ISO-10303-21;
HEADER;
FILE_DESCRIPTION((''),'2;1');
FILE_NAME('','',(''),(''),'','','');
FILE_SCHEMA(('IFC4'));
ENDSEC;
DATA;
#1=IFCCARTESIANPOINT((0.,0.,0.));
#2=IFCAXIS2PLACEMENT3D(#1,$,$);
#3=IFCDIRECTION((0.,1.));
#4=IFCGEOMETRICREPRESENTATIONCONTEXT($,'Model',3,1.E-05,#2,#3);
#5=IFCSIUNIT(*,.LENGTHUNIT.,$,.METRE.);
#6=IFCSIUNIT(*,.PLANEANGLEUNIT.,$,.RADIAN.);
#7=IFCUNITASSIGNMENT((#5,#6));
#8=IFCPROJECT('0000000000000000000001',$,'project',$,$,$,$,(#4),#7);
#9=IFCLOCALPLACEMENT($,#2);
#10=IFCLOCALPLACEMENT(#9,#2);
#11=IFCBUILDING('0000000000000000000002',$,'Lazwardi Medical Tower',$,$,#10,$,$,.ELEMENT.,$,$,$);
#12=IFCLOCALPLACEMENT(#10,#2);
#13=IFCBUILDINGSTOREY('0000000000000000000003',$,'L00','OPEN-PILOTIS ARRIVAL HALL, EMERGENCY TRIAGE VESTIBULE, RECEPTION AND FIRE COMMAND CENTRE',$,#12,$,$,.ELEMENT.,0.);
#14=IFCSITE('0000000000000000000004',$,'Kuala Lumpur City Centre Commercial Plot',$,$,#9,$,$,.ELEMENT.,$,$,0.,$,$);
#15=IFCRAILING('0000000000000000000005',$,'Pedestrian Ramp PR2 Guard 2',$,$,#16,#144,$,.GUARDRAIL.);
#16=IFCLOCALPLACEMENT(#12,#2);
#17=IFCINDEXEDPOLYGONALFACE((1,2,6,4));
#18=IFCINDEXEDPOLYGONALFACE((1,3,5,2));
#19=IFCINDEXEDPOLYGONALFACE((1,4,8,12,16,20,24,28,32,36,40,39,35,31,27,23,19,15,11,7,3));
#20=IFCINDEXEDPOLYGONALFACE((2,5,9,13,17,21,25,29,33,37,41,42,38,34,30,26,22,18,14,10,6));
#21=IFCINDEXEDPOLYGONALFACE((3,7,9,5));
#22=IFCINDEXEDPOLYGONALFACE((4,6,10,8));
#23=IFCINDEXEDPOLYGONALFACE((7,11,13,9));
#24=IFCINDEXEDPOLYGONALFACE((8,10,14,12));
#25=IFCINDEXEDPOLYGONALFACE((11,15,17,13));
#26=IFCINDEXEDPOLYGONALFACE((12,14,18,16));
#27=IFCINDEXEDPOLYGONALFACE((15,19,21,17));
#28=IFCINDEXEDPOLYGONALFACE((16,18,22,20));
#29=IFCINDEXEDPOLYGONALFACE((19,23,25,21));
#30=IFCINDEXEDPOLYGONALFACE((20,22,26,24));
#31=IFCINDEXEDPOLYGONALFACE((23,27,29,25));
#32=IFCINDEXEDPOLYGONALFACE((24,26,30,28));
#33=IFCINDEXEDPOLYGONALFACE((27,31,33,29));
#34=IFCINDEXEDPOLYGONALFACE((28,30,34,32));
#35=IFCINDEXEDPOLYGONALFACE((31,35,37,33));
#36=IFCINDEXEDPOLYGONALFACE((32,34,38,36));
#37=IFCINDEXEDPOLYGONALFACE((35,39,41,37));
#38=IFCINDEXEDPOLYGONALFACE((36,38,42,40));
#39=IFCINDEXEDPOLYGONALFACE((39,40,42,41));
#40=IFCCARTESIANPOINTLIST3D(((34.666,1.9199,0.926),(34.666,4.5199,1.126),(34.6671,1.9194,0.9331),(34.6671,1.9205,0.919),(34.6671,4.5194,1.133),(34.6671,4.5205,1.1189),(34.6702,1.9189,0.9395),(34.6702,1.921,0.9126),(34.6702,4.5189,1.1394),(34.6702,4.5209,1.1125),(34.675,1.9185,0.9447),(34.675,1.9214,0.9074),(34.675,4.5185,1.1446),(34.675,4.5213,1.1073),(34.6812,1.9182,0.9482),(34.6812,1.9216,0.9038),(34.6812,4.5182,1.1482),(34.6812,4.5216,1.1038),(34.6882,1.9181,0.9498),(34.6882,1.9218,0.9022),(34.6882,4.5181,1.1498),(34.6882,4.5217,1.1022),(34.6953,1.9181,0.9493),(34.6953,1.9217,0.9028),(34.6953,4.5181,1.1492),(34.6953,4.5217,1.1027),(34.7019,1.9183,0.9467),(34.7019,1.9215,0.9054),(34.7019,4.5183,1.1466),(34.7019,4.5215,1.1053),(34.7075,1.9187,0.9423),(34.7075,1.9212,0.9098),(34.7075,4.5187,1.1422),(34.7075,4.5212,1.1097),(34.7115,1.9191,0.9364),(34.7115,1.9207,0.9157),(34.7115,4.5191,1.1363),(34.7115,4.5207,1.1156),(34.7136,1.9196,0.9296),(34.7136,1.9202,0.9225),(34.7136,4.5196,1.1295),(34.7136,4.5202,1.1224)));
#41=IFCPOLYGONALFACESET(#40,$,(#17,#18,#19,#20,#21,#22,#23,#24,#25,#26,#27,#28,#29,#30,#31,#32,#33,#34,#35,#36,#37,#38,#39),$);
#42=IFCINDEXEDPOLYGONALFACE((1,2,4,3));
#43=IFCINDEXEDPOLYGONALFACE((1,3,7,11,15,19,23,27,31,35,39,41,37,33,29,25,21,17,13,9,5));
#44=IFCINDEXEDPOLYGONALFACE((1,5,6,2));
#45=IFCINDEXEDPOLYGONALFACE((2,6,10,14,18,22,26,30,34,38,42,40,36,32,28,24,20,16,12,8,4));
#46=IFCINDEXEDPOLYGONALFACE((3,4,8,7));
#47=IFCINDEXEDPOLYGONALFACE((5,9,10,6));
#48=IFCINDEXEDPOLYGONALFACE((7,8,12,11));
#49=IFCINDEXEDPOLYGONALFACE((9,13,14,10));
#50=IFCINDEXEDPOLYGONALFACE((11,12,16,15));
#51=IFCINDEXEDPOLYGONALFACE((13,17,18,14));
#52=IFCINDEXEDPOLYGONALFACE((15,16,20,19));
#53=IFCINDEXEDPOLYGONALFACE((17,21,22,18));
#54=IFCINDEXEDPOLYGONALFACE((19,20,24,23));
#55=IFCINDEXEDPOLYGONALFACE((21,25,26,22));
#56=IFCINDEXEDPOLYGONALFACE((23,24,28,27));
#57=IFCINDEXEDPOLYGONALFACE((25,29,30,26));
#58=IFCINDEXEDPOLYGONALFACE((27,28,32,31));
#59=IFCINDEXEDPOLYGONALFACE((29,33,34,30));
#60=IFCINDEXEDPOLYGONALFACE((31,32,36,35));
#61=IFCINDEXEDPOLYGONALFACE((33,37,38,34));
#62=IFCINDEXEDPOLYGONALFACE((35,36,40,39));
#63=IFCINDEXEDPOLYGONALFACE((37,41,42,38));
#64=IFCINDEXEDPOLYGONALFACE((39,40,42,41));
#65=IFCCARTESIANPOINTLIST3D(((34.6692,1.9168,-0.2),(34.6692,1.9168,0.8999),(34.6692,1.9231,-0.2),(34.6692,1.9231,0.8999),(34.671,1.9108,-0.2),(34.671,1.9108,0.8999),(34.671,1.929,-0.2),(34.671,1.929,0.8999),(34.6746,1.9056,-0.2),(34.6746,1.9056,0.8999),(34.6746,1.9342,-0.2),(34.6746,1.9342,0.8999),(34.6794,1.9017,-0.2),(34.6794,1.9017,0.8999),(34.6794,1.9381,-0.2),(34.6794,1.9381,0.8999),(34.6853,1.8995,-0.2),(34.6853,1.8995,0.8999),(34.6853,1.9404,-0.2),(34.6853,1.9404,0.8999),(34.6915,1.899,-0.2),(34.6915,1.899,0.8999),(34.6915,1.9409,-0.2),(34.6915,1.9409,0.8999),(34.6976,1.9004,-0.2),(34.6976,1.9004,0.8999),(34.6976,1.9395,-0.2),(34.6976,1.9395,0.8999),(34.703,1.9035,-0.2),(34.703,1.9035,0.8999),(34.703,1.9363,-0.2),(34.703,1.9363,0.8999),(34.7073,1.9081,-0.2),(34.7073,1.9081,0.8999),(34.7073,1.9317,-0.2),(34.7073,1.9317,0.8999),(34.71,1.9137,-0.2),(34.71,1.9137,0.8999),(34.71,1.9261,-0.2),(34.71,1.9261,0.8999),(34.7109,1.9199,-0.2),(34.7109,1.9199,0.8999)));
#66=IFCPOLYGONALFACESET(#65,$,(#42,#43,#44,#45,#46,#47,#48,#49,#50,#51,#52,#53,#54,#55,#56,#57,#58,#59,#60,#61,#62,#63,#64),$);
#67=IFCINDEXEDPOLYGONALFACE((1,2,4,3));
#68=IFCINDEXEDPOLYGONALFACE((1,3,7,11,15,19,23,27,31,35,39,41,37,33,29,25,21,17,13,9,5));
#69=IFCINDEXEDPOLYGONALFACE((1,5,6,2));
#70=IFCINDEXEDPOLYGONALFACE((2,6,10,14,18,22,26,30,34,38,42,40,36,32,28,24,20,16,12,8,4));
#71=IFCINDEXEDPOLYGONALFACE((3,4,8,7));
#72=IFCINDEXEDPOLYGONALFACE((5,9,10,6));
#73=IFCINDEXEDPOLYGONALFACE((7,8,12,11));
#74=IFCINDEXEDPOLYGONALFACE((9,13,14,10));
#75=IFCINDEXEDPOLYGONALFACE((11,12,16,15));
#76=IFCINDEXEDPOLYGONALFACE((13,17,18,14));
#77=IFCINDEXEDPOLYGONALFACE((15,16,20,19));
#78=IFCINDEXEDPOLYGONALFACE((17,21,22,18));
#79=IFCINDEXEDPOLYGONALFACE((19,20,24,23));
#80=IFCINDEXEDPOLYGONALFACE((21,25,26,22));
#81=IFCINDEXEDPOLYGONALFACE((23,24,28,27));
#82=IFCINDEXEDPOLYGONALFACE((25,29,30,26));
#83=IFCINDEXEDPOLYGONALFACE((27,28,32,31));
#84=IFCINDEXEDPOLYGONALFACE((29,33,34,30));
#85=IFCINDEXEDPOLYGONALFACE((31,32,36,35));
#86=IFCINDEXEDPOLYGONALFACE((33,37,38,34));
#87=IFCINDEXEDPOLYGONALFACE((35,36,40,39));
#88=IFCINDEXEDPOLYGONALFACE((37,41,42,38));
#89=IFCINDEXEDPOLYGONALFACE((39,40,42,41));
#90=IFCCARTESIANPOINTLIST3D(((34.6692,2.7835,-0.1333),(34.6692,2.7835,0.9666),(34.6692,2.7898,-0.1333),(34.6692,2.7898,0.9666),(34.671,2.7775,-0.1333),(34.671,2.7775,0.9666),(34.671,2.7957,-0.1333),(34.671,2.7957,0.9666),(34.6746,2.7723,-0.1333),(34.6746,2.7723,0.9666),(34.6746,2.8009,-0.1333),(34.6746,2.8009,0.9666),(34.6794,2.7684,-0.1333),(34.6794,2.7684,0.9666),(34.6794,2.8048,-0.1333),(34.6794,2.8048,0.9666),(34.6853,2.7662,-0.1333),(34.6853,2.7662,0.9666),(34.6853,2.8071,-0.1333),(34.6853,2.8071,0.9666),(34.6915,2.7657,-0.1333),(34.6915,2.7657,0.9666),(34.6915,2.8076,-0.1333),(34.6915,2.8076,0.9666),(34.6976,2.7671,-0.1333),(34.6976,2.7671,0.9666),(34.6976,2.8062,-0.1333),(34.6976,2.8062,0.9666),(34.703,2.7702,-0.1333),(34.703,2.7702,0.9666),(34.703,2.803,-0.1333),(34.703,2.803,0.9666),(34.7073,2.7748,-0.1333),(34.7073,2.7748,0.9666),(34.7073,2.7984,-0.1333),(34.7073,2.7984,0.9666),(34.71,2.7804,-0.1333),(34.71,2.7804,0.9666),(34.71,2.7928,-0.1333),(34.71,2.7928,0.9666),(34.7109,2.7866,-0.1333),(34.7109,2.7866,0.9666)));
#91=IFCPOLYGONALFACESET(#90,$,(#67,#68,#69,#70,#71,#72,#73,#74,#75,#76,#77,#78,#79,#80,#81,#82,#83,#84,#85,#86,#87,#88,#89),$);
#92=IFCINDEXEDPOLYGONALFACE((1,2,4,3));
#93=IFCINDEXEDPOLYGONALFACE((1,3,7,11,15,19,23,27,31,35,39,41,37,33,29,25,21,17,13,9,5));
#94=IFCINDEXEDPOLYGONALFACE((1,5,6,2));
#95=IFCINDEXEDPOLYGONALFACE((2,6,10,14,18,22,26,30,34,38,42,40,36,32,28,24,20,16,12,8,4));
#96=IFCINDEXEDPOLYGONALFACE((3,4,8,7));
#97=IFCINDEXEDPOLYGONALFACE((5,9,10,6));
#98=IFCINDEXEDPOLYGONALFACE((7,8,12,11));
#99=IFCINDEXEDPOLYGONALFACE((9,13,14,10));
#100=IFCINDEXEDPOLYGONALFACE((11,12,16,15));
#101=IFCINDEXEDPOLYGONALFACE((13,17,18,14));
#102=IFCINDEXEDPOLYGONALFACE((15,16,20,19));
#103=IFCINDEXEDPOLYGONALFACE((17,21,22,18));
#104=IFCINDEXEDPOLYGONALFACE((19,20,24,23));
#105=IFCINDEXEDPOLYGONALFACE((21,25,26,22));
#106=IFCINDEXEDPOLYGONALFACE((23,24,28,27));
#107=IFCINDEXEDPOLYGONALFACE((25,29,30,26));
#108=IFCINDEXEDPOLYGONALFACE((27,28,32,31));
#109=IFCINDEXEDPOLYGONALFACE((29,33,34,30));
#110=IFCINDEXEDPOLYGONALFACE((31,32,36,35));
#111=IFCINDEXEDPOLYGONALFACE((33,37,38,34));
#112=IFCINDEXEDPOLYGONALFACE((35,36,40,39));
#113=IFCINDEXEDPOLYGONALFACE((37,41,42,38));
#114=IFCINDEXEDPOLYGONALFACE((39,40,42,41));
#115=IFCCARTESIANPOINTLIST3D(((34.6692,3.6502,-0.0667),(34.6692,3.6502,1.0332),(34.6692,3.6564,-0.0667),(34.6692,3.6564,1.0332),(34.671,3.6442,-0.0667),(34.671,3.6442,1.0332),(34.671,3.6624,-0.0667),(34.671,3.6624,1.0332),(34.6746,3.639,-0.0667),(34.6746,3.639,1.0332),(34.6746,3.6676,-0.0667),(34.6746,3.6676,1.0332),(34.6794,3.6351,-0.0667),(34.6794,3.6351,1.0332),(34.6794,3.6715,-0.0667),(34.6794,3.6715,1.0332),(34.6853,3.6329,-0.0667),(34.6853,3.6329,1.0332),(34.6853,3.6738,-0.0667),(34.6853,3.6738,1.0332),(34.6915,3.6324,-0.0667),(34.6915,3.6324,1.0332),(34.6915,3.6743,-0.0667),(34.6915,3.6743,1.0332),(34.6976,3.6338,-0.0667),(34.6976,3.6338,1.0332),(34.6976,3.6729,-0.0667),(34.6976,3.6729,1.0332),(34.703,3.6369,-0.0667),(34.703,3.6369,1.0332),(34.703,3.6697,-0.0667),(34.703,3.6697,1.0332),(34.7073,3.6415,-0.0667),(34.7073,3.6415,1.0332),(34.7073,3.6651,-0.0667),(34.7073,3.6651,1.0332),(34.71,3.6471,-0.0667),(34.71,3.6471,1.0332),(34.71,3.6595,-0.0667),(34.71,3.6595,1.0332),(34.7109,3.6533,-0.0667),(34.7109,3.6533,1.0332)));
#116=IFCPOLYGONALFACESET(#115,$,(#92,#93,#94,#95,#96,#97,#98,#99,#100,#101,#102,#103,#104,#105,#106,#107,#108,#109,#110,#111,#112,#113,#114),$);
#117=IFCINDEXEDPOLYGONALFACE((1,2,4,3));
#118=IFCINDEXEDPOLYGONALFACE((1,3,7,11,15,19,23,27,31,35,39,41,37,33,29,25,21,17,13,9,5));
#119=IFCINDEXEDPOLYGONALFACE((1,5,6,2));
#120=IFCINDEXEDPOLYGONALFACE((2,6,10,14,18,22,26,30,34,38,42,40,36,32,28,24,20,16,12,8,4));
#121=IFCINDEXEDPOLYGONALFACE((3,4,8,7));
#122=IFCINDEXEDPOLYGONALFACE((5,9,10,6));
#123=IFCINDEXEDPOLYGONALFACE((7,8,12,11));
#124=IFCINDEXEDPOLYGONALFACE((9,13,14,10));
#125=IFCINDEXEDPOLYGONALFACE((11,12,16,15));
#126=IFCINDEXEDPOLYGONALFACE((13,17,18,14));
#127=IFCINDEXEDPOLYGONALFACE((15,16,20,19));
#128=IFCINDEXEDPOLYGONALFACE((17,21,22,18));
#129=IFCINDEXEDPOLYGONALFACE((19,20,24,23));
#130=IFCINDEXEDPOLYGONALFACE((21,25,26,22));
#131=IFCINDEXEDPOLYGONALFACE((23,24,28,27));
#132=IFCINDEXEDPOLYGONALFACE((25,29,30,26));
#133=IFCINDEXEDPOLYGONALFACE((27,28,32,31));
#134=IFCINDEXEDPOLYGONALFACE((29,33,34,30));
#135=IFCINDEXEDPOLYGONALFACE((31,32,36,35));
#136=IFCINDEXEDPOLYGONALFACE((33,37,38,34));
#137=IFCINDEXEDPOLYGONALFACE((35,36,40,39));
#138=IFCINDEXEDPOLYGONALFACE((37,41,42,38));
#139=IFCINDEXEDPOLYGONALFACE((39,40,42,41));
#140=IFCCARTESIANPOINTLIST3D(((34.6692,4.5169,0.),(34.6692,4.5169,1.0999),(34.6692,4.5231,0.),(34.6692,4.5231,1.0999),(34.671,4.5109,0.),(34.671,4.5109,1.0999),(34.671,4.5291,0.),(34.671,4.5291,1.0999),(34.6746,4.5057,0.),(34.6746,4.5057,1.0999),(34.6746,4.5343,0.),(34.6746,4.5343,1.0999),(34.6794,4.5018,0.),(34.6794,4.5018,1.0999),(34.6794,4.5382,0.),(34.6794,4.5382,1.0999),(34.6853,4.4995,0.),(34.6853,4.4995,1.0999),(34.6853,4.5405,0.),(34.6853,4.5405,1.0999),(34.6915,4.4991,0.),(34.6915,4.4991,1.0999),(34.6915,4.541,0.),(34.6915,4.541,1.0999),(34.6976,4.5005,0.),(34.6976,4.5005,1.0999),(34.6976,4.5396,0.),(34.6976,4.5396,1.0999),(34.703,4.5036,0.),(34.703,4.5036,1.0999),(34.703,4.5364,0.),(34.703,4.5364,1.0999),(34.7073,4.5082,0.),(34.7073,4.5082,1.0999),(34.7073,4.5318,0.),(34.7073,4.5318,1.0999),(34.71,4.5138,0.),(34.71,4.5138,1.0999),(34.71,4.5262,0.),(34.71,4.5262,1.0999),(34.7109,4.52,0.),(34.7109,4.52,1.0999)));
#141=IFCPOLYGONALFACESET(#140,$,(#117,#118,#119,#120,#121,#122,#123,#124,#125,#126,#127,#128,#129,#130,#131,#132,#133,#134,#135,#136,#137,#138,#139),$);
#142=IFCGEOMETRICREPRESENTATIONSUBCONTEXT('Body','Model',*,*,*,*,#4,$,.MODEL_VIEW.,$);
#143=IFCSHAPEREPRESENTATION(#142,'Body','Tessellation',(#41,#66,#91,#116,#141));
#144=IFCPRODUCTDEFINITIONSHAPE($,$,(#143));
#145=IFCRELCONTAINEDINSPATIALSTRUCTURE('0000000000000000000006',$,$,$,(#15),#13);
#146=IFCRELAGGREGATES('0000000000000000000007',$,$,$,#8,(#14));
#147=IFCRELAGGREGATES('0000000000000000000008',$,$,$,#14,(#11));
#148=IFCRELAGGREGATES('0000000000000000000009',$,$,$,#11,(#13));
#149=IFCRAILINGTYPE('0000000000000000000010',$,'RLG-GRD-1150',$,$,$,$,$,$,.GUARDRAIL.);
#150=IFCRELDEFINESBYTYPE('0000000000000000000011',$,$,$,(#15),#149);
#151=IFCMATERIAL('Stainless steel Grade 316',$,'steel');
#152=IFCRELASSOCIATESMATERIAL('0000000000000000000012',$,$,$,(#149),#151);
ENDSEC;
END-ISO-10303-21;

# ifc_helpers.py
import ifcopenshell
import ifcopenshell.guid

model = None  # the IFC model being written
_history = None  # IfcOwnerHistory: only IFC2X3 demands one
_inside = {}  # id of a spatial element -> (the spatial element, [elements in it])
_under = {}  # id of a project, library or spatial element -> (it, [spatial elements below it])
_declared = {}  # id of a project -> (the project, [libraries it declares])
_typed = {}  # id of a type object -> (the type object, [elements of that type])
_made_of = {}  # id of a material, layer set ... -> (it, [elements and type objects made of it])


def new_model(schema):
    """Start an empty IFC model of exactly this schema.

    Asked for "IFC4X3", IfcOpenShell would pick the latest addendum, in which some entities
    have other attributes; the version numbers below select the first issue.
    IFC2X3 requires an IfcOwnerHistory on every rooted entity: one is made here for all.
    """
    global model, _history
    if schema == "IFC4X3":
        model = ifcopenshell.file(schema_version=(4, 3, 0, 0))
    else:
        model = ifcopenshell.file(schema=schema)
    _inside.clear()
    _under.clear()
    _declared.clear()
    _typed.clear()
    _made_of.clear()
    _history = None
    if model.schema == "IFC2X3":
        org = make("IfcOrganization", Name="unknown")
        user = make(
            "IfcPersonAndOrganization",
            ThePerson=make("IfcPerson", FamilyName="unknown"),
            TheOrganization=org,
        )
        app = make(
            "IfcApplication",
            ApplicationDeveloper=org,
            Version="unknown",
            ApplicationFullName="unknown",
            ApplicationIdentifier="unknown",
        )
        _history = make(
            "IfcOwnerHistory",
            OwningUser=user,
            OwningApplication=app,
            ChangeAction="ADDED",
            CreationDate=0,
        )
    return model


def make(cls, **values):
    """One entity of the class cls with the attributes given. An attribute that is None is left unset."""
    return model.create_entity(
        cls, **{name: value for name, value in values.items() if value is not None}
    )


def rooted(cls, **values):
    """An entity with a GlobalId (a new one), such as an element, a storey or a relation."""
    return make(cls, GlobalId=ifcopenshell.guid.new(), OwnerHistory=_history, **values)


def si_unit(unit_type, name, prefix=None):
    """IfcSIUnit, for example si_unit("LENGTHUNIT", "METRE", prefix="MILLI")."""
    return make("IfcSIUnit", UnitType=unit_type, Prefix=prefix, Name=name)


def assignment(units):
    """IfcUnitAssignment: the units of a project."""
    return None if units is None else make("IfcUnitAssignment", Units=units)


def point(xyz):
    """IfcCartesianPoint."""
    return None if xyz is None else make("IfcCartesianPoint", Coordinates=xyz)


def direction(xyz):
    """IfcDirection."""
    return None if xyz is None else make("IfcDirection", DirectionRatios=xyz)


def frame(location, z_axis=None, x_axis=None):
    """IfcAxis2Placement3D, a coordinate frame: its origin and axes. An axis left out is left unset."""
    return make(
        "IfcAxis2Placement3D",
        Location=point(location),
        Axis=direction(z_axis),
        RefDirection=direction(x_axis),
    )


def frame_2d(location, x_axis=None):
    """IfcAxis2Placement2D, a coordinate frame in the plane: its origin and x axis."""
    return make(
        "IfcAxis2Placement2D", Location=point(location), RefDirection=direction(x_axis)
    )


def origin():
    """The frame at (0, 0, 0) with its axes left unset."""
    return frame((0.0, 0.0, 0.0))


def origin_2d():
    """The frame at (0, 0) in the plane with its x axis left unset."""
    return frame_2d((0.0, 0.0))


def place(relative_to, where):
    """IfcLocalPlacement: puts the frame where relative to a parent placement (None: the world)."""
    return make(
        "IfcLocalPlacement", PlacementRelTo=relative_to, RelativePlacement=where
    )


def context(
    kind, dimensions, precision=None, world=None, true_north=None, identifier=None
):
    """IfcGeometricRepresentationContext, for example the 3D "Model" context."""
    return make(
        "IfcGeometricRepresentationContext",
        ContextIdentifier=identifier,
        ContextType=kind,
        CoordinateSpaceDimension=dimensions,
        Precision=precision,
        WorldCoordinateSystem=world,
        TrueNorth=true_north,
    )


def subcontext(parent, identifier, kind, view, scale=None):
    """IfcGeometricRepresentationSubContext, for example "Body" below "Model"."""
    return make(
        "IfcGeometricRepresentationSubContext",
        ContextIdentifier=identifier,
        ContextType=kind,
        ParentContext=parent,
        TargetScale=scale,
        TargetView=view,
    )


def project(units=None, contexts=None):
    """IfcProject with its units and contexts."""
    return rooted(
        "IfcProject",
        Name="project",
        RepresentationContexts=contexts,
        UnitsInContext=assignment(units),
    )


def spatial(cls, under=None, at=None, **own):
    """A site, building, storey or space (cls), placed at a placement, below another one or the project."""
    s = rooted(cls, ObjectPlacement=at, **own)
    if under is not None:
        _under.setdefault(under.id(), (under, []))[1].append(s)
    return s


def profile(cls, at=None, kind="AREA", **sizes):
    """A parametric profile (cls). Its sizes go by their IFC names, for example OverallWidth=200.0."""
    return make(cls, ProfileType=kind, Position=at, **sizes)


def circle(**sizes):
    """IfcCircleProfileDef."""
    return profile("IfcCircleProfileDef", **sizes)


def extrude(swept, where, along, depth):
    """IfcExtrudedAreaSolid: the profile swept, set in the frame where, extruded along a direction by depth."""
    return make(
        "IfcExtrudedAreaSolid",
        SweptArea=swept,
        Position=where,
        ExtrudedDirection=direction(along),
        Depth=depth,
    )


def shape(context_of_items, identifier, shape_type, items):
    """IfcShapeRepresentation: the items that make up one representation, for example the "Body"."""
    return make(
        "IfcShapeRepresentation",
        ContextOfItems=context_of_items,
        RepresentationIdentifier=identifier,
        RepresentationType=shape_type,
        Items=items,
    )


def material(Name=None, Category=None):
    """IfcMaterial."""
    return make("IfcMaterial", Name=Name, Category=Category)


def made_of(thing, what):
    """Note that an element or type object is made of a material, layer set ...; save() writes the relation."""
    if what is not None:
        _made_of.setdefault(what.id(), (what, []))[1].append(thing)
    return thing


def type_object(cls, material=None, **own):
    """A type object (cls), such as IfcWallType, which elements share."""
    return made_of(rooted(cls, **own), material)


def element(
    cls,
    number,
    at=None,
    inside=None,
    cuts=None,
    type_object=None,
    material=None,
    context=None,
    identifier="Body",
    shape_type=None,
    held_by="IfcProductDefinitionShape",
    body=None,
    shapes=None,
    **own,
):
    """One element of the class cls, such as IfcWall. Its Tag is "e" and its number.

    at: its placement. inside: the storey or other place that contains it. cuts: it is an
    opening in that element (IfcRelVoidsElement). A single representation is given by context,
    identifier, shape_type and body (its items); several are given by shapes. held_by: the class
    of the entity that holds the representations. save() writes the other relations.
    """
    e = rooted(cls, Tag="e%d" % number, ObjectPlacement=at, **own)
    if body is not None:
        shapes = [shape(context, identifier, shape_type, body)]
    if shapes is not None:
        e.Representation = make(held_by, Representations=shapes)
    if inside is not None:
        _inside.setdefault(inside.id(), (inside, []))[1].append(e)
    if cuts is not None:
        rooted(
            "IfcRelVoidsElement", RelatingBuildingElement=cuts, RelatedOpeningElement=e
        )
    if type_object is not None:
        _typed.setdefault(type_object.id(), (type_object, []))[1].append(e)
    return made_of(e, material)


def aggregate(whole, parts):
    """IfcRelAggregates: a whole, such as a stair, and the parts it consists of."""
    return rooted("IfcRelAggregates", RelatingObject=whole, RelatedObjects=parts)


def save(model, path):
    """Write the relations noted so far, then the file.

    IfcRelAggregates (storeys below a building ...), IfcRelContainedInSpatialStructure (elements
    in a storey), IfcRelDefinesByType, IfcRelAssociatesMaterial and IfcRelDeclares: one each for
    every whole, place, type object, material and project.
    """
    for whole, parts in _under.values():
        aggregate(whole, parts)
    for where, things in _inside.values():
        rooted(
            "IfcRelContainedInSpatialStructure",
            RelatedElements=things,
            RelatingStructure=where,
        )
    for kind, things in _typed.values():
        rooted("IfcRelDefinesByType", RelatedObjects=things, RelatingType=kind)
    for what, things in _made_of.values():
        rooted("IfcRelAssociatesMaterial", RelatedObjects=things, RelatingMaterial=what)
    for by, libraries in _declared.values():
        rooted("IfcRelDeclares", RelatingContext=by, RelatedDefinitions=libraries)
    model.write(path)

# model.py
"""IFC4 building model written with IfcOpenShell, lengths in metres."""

from ifc_helpers import new_model, si_unit, direction, frame, origin, origin_2d, place, context, subcontext, project, spatial, circle, extrude, material, type_object, element, save


model = new_model("IFC4")

# Units and contexts
model_context = context("Model", 3, precision=1e-05, world=origin(), true_north=direction((0.0, 1.0)))
body_context = subcontext(model_context, "Body", "Model", "MODEL_VIEW")
ifc_project = project(units=[si_unit("LENGTHUNIT", "METRE"), si_unit("PLANEANGLEUNIT", "RADIAN")], contexts=[model_context])

# Site, building, storey
site_placement = place(None, origin())
site = spatial("IfcSite", under=ifc_project, at=site_placement, Name="Kuala Lumpur City Centre Commercial Plot", CompositionType="ELEMENT", RefElevation=0.0)
building_placement = place(site_placement, origin())
building = spatial("IfcBuilding", under=site, at=building_placement, Name="Lazwardi Medical Tower", CompositionType="ELEMENT")
storey_placement = place(building_placement, origin())
storey = spatial("IfcBuildingStorey", under=building, at=storey_placement, Name="L00", Description="OPEN-PILOTIS ARRIVAL HALL, EMERGENCY TRIAGE VESTIBULE, RECEPTION AND FIRE COMMAND CENTRE", CompositionType="ELEMENT", Elevation=0.0)

# Railing
ifc_material_1 = material(Name="Stainless steel Grade 316", Category="steel")
railing_type = type_object("IfcRailingType", Name="RLG-GRD-1150", PredefinedType="GUARDRAIL", material=ifc_material_1)
for number, where, name in (
    (1, (34.6899, 1.9199, -0.2), "Pedestrian Ramp PR2 Guard 2"),
):
    element("IfcRailing", number, at=place(storey_placement, frame(where)), inside=storey, type_object=railing_type, Name=name, PredefinedType="GUARDRAIL", context=body_context, shape_type="SweptSolid", body=[
        extrude(circle(Radius=0.0239, at=origin_2d()), frame((0.0, 0.0, 1.126), z_axis=(0.0, 0.997056, 0.076675), x_axis=(-1.0, 0.0, 0.0)), (0.0, 0.0, 1.0), 2.6077),
        extrude(circle(Radius=0.021, at=origin_2d()), origin(), (0.0, 0.0, 1.0), 1.0999),
        extrude(circle(Radius=0.021, at=origin_2d()), frame((0.0, 0.8667, 0.0667)), (0.0, 0.0, 1.0), 1.0999),
        extrude(circle(Radius=0.021, at=origin_2d()), frame((0.0, 1.7334, 0.1333)), (0.0, 0.0, 1.0), 1.0999),
        extrude(circle(Radius=0.021, at=origin_2d()), frame((0.0, 2.6001, 0.2)), (0.0, 0.0, 1.0), 1.0999),
    ])

save(model, "model.ifc")
